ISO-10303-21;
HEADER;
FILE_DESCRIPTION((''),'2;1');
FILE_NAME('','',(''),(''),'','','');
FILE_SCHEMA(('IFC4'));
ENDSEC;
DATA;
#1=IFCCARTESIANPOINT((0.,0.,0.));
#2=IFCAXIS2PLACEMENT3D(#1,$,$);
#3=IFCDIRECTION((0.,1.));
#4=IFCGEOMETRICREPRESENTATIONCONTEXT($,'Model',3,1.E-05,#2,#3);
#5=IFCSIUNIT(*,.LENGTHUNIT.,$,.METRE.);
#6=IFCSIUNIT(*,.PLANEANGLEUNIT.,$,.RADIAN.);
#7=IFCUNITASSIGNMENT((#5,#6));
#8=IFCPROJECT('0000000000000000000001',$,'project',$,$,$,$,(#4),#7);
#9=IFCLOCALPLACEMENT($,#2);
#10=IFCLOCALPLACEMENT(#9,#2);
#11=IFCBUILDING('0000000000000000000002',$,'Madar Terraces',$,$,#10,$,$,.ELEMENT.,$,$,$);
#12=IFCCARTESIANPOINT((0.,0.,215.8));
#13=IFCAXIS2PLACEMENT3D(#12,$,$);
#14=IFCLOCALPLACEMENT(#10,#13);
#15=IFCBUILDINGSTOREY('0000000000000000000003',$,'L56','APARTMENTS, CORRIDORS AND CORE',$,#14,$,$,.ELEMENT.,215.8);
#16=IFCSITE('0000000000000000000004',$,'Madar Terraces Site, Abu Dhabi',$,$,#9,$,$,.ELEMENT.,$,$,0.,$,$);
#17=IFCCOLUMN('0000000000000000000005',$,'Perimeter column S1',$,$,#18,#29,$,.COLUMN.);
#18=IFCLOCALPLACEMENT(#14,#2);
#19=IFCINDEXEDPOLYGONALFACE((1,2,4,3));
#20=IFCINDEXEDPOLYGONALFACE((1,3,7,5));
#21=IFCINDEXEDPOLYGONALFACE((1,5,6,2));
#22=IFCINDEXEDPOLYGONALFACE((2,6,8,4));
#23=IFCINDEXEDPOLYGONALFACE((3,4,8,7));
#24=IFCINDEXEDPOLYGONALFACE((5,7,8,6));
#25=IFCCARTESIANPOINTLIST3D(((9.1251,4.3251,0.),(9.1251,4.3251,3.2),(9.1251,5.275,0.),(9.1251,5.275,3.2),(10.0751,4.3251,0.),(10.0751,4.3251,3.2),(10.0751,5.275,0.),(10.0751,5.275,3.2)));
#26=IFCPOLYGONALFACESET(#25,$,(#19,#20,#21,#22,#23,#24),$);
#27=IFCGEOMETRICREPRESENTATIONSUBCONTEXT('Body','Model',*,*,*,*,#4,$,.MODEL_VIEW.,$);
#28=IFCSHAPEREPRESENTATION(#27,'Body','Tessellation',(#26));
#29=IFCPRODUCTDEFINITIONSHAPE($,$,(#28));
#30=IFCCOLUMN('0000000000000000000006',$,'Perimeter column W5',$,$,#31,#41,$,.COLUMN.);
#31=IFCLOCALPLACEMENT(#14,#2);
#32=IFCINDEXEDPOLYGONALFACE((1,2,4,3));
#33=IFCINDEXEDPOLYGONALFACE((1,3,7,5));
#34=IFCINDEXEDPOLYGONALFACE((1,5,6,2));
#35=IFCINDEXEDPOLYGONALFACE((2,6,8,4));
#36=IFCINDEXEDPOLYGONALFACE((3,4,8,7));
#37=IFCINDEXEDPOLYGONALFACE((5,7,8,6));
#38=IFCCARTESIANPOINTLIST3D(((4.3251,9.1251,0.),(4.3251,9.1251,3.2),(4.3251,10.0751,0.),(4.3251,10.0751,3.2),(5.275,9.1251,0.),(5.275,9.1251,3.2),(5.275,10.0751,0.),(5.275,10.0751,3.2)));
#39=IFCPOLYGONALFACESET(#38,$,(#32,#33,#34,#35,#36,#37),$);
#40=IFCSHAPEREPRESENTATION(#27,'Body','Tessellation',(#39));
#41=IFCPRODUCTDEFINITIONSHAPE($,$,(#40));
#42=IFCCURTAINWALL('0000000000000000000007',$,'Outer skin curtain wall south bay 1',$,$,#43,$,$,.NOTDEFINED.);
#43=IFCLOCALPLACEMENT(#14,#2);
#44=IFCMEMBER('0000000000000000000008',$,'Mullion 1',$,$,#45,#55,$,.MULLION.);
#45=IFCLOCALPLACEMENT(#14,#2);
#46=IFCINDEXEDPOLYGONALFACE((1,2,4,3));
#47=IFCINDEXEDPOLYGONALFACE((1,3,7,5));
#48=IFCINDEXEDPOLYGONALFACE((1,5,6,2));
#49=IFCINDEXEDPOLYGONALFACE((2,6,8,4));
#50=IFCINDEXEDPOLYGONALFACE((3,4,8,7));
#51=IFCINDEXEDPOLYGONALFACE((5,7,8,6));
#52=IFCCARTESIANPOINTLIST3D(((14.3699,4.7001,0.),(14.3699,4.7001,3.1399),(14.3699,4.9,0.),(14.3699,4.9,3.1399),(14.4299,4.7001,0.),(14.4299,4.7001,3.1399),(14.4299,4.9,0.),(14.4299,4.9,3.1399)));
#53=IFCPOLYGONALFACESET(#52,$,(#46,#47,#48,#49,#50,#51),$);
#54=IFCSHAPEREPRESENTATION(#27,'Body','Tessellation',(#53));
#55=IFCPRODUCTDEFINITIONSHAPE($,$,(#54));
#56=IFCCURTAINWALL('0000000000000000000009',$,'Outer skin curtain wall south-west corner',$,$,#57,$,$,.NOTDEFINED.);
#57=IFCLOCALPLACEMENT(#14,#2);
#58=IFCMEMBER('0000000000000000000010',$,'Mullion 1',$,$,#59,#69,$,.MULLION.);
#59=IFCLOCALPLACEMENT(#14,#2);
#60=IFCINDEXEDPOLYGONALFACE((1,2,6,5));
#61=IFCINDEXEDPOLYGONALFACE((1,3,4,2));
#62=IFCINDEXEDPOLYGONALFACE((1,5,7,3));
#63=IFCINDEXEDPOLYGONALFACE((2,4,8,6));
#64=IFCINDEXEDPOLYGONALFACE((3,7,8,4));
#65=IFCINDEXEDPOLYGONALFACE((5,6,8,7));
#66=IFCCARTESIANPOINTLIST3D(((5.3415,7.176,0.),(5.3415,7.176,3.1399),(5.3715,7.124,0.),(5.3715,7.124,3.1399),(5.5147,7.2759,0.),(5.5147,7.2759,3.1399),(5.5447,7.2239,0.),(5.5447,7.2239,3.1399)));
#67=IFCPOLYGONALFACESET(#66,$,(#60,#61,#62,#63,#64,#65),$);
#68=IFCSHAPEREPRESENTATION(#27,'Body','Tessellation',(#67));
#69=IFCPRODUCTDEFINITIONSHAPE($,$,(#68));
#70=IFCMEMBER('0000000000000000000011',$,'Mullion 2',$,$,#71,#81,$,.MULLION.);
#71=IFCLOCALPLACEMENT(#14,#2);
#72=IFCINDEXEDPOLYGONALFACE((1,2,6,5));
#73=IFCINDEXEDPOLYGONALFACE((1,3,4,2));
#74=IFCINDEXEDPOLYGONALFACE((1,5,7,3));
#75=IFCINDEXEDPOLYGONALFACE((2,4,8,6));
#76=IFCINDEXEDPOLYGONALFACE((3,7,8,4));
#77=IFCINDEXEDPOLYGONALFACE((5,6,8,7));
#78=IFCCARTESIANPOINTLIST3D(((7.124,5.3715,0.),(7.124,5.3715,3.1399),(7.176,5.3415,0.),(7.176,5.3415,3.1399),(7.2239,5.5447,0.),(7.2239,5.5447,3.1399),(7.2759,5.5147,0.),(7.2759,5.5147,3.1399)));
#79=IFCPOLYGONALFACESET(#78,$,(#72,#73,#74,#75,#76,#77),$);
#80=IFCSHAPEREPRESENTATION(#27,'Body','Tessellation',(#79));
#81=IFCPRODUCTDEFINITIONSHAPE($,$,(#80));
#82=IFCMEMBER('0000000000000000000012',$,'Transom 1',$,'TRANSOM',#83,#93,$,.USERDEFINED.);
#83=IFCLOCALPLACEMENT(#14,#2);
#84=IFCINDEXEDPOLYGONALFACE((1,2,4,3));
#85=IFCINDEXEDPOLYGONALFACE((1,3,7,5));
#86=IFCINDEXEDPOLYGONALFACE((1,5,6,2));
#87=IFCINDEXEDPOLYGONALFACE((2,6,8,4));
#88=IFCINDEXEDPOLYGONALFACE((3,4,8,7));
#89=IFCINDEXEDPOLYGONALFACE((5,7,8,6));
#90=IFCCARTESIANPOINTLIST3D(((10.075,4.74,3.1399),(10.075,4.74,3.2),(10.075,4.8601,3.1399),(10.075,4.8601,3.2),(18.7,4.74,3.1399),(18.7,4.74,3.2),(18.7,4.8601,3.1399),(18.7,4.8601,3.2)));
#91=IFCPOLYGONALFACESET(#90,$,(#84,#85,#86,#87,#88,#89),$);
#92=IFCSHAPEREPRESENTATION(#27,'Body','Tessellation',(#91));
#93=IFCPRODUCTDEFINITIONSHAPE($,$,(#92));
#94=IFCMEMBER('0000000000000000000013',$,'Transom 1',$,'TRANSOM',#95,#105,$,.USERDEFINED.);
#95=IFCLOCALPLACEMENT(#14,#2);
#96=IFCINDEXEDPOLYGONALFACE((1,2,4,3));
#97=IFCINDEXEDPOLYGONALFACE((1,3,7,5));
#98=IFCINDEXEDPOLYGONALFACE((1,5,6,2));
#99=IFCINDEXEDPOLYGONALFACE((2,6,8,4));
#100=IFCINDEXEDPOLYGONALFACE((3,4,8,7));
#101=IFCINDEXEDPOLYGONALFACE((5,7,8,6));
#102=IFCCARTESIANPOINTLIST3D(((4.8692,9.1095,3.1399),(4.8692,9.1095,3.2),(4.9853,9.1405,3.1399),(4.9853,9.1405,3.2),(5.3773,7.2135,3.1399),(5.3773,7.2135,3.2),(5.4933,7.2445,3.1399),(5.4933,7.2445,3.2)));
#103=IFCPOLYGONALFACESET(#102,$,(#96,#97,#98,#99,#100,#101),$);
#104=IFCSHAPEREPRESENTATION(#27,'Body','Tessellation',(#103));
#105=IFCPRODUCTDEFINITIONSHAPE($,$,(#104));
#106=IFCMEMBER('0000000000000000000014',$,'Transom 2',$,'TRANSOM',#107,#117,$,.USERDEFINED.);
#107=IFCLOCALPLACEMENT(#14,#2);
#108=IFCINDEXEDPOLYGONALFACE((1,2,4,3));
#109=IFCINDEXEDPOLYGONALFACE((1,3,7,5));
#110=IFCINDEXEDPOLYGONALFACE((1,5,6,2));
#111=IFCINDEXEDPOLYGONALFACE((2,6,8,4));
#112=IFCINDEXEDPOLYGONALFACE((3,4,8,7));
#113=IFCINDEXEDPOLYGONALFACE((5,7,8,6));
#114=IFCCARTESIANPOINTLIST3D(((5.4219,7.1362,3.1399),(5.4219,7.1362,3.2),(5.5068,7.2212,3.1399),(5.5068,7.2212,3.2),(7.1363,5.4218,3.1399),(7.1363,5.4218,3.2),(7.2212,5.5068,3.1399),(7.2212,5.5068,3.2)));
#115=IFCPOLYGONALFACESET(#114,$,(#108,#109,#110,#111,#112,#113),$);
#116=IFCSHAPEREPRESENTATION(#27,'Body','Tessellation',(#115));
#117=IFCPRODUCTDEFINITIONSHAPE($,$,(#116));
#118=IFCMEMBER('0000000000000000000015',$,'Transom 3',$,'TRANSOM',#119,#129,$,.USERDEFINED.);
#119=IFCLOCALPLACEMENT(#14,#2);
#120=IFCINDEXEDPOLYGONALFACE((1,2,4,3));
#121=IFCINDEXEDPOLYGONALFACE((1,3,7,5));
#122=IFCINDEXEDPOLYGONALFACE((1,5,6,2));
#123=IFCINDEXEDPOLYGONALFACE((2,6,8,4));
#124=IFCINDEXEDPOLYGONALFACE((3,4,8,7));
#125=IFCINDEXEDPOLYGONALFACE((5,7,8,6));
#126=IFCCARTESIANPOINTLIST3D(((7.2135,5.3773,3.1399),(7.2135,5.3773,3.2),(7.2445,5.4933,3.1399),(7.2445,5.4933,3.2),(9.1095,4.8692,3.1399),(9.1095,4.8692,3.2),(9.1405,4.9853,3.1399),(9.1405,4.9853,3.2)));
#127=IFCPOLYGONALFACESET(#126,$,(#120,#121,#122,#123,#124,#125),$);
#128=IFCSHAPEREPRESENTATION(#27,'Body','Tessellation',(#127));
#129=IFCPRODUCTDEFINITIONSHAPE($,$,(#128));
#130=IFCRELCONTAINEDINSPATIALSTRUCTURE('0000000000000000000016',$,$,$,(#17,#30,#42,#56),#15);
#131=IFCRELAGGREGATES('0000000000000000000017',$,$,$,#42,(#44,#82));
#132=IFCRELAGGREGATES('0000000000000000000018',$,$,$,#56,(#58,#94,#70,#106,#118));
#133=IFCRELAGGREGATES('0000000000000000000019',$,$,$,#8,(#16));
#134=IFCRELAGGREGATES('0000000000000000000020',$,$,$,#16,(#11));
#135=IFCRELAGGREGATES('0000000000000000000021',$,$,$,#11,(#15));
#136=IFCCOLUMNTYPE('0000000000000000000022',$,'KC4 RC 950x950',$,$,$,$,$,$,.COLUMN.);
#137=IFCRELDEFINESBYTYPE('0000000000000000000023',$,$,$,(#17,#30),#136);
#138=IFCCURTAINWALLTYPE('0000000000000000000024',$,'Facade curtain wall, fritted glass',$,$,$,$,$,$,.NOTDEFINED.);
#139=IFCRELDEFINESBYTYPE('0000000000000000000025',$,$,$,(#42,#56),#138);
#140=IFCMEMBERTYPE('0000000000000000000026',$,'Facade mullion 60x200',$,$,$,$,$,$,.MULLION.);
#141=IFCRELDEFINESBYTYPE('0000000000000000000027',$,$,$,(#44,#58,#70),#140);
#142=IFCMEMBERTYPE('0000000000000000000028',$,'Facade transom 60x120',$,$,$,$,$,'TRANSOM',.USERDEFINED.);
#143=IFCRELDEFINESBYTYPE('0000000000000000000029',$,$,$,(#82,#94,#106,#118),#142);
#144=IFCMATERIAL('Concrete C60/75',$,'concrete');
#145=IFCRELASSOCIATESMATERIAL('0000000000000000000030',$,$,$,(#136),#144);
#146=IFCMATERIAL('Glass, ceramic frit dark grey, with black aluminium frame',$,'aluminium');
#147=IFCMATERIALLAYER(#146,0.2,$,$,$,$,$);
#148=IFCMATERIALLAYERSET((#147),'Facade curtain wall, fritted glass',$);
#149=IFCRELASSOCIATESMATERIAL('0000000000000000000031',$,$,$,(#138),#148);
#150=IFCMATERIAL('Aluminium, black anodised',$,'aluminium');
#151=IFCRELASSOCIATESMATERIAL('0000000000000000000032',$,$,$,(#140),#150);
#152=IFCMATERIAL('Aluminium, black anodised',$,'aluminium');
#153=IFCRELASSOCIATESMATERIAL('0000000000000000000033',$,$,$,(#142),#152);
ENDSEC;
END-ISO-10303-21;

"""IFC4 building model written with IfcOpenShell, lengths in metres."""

from ifc_helpers import new_model, si_unit, direction, frame, origin, origin_2d, place, context, subcontext, project, spatial, rectangle, extrude, material, layer, layer_set, material_profile, profile_set, type_object, element, aggregate, save


model = new_model("IFC4")

# Units and contexts
model_context = context("Model", 3, precision=1e-05, world=origin(), true_north=direction((0.0, 1.0)))
body_context = subcontext(model_context, "Body", "Model", "MODEL_VIEW")
ifc_project = project(units=[si_unit("LENGTHUNIT", "METRE"), si_unit("PLANEANGLEUNIT", "RADIAN")], contexts=[model_context])

# Site, building, storey
site_placement = place(None, origin())
site = spatial("IfcSite", under=ifc_project, at=site_placement, Name="Madar Terraces Site, Abu Dhabi", CompositionType="ELEMENT", RefElevation=0.0)
building_placement = place(site_placement, origin())
building = spatial("IfcBuilding", under=site, at=building_placement, Name="Madar Terraces", CompositionType="ELEMENT")
storey_placement = place(building_placement, frame((0.0, 0.0, 215.8)))
storey = spatial("IfcBuildingStorey", under=building, at=storey_placement, Name="L56", Description="APARTMENTS, CORRIDORS AND CORE", CompositionType="ELEMENT", Elevation=215.8)

# Columns
ifc_material_1 = material(Name="Concrete C60/75", Category="concrete")
ifc_material_profile_1 = material_profile(ifc_material_1, rectangle(XDim=0.95, YDim=0.95, at=origin_2d()), Name="KC4 RC 950x950")
ifc_profile_set_1 = profile_set([ifc_material_profile_1], Name="Concrete C60/75")
column_type = type_object("IfcColumnType", Name="KC4 RC 950x950", PredefinedType="COLUMN", material=ifc_profile_set_1)
for number, where, z_axis, x_axis, name in (
    (1, (9.6001, 4.8, 0.0), (0.0, 0.0, 1.0), (1.0, 0.0, 0.0), "Perimeter column S1"),
    (2, (4.8, 9.6001, 0.0), (0.0, 0.0, 1.0), (1.0, 0.0, 0.0), "Perimeter column W5"),
):
    element("IfcColumn", number, at=place(storey_placement, frame(where, z_axis=z_axis, x_axis=x_axis)), inside=storey, type_object=column_type, Name=name, PredefinedType="COLUMN", context=body_context, shape_type="SweptSolid", body=[
        extrude(rectangle(XDim=0.95, YDim=0.95, at=origin_2d()), origin(), (0.0, 0.0, 1.0), 3.2),
    ])

# Curtain wall, member
ifc_material_2 = material(Name="Glass, ceramic frit dark grey, with black aluminium frame", Category="aluminium")
ifc_layer_1 = layer(ifc_material_2, 0.2)
ifc_layer_set_1 = layer_set([ifc_layer_1], Name="Facade curtain wall, fritted glass")
curtain_wall_type = type_object("IfcCurtainWallType", Name="Facade curtain wall, fritted glass", PredefinedType="NOTDEFINED", material=ifc_layer_set_1)
curtain_wall_1_placement = place(storey_placement, origin())
curtain_wall_1 = element("IfcCurtainWall", 3, at=curtain_wall_1_placement, inside=storey, type_object=curtain_wall_type, Name="Outer skin curtain wall south bay 1", PredefinedType="NOTDEFINED")
ifc_material_3 = material(Name="Aluminium, black anodised", Category="aluminium")
ifc_material_profile_2 = material_profile(ifc_material_3, rectangle(XDim=0.2, YDim=0.0601, at=origin_2d()), Name="Facade mullion 60x200")
ifc_profile_set_2 = profile_set([ifc_material_profile_2], Name="Aluminium, black anodised")
member_type_1 = type_object("IfcMemberType", Name="Facade mullion 60x200", PredefinedType="MULLION", material=ifc_profile_set_2)
member_1_placement = place(storey_placement, frame((14.3999, 4.8, 0.0), z_axis=(0.0, 0.0, 1.0), x_axis=(0.0, 1.0, 0.0)))
member_1 = element("IfcMember", 4, at=member_1_placement, type_object=member_type_1, Name="Mullion 1", PredefinedType="MULLION", context=body_context, shape_type="SweptSolid", body=[
    extrude(rectangle(XDim=0.2, YDim=0.0601, at=origin_2d()), origin(), (0.0, 0.0, 1.0), 3.1399),
])

# Curtain wall, members
curtain_wall_2_placement = place(storey_placement, origin())
curtain_wall_2 = element("IfcCurtainWall", 5, at=curtain_wall_2_placement, inside=storey, type_object=curtain_wall_type, Name="Outer skin curtain wall south-west corner", PredefinedType="NOTDEFINED")
member_2_placement = place(storey_placement, frame((5.4431, 7.2, 0.0), z_axis=(0.0, 0.0, 1.0), x_axis=(0.866025, 0.5, 0.0)))
member_2 = element("IfcMember", 6, at=member_2_placement, type_object=member_type_1, Name="Mullion 1", PredefinedType="MULLION", context=body_context, shape_type="SweptSolid", body=[
    extrude(rectangle(XDim=0.2, YDim=0.0601, at=origin_2d()), origin(), (0.0, 0.0, 1.0), 3.1399),
])
member_3_placement = place(storey_placement, frame((7.2, 5.4431, 0.0), z_axis=(0.0, 0.0, 1.0), x_axis=(0.5, 0.866025, 0.0)))
member_3 = element("IfcMember", 7, at=member_3_placement, type_object=member_type_1, Name="Mullion 2", PredefinedType="MULLION", context=body_context, shape_type="SweptSolid", body=[
    extrude(rectangle(XDim=0.2, YDim=0.0601, at=origin_2d()), origin(), (0.0, 0.0, 1.0), 3.1399),
])

# Members
ifc_material_4 = material(Name="Aluminium, black anodised", Category="aluminium")
ifc_material_profile_3 = material_profile(ifc_material_4, rectangle(XDim=0.1201, YDim=0.0601, at=origin_2d()), Name="Facade transom 60x120")
ifc_profile_set_3 = profile_set([ifc_material_profile_3], Name="Aluminium, black anodised")
member_type_2 = type_object("IfcMemberType", Name="Facade transom 60x120", ElementType="TRANSOM", PredefinedType="USERDEFINED", material=ifc_profile_set_3)
member_4_placement = place(storey_placement, frame((10.075, 4.8, 3.1699), z_axis=(1.0, 0.0, 0.0), x_axis=(0.0, 1.0, 0.0)))
member_4 = element("IfcMember", 8, at=member_4_placement, type_object=member_type_2, Name="Transom 1", ObjectType="TRANSOM", PredefinedType="USERDEFINED", context=body_context, shape_type="SweptSolid", body=[
    extrude(rectangle(XDim=0.1201, YDim=0.0601, at=origin_2d()), origin(), (0.0, 0.0, 1.0), 8.625),
])
member_5_placement = place(storey_placement, frame((4.9272, 9.125, 3.1699), z_axis=(0.258831, -0.965923, 0.0), x_axis=(0.965923, 0.258831, 0.0)))
member_5 = element("IfcMember", 9, at=member_5_placement, type_object=member_type_2, Name="Transom 1", ObjectType="TRANSOM", PredefinedType="USERDEFINED", context=body_context, shape_type="SweptSolid", body=[
    extrude(rectangle(XDim=0.1201, YDim=0.0601, at=origin_2d()), origin(), (0.0, 0.0, 1.0), 1.9629),
])
member_6_placement = place(storey_placement, frame((5.4644, 7.1787, 3.1699), z_axis=(0.707107, -0.707107, 0.0), x_axis=(0.707107, 0.707107, 0.0)))
member_6 = element("IfcMember", 10, at=member_6_placement, type_object=member_type_2, Name="Transom 2", ObjectType="TRANSOM", PredefinedType="USERDEFINED", context=body_context, shape_type="SweptSolid", body=[
    extrude(rectangle(XDim=0.1201, YDim=0.0601, at=origin_2d()), origin(), (0.0, 0.0, 1.0), 2.4246),
])
member_7_placement = place(storey_placement, frame((7.229, 5.4353, 3.1699), z_axis=(0.965923, -0.258831, 0.0), x_axis=(0.258831, 0.965923, 0.0)))
member_7 = element("IfcMember", 11, at=member_7_placement, type_object=member_type_2, Name="Transom 3", ObjectType="TRANSOM", PredefinedType="USERDEFINED", context=body_context, shape_type="SweptSolid", body=[
    extrude(rectangle(XDim=0.1201, YDim=0.0601, at=origin_2d()), origin(), (0.0, 0.0, 1.0), 1.9629),
])

aggregate(curtain_wall_1, [member_1, member_4])
aggregate(curtain_wall_2, [member_2, member_5, member_3, member_6, member_7])

save(model, "model.ifc")
